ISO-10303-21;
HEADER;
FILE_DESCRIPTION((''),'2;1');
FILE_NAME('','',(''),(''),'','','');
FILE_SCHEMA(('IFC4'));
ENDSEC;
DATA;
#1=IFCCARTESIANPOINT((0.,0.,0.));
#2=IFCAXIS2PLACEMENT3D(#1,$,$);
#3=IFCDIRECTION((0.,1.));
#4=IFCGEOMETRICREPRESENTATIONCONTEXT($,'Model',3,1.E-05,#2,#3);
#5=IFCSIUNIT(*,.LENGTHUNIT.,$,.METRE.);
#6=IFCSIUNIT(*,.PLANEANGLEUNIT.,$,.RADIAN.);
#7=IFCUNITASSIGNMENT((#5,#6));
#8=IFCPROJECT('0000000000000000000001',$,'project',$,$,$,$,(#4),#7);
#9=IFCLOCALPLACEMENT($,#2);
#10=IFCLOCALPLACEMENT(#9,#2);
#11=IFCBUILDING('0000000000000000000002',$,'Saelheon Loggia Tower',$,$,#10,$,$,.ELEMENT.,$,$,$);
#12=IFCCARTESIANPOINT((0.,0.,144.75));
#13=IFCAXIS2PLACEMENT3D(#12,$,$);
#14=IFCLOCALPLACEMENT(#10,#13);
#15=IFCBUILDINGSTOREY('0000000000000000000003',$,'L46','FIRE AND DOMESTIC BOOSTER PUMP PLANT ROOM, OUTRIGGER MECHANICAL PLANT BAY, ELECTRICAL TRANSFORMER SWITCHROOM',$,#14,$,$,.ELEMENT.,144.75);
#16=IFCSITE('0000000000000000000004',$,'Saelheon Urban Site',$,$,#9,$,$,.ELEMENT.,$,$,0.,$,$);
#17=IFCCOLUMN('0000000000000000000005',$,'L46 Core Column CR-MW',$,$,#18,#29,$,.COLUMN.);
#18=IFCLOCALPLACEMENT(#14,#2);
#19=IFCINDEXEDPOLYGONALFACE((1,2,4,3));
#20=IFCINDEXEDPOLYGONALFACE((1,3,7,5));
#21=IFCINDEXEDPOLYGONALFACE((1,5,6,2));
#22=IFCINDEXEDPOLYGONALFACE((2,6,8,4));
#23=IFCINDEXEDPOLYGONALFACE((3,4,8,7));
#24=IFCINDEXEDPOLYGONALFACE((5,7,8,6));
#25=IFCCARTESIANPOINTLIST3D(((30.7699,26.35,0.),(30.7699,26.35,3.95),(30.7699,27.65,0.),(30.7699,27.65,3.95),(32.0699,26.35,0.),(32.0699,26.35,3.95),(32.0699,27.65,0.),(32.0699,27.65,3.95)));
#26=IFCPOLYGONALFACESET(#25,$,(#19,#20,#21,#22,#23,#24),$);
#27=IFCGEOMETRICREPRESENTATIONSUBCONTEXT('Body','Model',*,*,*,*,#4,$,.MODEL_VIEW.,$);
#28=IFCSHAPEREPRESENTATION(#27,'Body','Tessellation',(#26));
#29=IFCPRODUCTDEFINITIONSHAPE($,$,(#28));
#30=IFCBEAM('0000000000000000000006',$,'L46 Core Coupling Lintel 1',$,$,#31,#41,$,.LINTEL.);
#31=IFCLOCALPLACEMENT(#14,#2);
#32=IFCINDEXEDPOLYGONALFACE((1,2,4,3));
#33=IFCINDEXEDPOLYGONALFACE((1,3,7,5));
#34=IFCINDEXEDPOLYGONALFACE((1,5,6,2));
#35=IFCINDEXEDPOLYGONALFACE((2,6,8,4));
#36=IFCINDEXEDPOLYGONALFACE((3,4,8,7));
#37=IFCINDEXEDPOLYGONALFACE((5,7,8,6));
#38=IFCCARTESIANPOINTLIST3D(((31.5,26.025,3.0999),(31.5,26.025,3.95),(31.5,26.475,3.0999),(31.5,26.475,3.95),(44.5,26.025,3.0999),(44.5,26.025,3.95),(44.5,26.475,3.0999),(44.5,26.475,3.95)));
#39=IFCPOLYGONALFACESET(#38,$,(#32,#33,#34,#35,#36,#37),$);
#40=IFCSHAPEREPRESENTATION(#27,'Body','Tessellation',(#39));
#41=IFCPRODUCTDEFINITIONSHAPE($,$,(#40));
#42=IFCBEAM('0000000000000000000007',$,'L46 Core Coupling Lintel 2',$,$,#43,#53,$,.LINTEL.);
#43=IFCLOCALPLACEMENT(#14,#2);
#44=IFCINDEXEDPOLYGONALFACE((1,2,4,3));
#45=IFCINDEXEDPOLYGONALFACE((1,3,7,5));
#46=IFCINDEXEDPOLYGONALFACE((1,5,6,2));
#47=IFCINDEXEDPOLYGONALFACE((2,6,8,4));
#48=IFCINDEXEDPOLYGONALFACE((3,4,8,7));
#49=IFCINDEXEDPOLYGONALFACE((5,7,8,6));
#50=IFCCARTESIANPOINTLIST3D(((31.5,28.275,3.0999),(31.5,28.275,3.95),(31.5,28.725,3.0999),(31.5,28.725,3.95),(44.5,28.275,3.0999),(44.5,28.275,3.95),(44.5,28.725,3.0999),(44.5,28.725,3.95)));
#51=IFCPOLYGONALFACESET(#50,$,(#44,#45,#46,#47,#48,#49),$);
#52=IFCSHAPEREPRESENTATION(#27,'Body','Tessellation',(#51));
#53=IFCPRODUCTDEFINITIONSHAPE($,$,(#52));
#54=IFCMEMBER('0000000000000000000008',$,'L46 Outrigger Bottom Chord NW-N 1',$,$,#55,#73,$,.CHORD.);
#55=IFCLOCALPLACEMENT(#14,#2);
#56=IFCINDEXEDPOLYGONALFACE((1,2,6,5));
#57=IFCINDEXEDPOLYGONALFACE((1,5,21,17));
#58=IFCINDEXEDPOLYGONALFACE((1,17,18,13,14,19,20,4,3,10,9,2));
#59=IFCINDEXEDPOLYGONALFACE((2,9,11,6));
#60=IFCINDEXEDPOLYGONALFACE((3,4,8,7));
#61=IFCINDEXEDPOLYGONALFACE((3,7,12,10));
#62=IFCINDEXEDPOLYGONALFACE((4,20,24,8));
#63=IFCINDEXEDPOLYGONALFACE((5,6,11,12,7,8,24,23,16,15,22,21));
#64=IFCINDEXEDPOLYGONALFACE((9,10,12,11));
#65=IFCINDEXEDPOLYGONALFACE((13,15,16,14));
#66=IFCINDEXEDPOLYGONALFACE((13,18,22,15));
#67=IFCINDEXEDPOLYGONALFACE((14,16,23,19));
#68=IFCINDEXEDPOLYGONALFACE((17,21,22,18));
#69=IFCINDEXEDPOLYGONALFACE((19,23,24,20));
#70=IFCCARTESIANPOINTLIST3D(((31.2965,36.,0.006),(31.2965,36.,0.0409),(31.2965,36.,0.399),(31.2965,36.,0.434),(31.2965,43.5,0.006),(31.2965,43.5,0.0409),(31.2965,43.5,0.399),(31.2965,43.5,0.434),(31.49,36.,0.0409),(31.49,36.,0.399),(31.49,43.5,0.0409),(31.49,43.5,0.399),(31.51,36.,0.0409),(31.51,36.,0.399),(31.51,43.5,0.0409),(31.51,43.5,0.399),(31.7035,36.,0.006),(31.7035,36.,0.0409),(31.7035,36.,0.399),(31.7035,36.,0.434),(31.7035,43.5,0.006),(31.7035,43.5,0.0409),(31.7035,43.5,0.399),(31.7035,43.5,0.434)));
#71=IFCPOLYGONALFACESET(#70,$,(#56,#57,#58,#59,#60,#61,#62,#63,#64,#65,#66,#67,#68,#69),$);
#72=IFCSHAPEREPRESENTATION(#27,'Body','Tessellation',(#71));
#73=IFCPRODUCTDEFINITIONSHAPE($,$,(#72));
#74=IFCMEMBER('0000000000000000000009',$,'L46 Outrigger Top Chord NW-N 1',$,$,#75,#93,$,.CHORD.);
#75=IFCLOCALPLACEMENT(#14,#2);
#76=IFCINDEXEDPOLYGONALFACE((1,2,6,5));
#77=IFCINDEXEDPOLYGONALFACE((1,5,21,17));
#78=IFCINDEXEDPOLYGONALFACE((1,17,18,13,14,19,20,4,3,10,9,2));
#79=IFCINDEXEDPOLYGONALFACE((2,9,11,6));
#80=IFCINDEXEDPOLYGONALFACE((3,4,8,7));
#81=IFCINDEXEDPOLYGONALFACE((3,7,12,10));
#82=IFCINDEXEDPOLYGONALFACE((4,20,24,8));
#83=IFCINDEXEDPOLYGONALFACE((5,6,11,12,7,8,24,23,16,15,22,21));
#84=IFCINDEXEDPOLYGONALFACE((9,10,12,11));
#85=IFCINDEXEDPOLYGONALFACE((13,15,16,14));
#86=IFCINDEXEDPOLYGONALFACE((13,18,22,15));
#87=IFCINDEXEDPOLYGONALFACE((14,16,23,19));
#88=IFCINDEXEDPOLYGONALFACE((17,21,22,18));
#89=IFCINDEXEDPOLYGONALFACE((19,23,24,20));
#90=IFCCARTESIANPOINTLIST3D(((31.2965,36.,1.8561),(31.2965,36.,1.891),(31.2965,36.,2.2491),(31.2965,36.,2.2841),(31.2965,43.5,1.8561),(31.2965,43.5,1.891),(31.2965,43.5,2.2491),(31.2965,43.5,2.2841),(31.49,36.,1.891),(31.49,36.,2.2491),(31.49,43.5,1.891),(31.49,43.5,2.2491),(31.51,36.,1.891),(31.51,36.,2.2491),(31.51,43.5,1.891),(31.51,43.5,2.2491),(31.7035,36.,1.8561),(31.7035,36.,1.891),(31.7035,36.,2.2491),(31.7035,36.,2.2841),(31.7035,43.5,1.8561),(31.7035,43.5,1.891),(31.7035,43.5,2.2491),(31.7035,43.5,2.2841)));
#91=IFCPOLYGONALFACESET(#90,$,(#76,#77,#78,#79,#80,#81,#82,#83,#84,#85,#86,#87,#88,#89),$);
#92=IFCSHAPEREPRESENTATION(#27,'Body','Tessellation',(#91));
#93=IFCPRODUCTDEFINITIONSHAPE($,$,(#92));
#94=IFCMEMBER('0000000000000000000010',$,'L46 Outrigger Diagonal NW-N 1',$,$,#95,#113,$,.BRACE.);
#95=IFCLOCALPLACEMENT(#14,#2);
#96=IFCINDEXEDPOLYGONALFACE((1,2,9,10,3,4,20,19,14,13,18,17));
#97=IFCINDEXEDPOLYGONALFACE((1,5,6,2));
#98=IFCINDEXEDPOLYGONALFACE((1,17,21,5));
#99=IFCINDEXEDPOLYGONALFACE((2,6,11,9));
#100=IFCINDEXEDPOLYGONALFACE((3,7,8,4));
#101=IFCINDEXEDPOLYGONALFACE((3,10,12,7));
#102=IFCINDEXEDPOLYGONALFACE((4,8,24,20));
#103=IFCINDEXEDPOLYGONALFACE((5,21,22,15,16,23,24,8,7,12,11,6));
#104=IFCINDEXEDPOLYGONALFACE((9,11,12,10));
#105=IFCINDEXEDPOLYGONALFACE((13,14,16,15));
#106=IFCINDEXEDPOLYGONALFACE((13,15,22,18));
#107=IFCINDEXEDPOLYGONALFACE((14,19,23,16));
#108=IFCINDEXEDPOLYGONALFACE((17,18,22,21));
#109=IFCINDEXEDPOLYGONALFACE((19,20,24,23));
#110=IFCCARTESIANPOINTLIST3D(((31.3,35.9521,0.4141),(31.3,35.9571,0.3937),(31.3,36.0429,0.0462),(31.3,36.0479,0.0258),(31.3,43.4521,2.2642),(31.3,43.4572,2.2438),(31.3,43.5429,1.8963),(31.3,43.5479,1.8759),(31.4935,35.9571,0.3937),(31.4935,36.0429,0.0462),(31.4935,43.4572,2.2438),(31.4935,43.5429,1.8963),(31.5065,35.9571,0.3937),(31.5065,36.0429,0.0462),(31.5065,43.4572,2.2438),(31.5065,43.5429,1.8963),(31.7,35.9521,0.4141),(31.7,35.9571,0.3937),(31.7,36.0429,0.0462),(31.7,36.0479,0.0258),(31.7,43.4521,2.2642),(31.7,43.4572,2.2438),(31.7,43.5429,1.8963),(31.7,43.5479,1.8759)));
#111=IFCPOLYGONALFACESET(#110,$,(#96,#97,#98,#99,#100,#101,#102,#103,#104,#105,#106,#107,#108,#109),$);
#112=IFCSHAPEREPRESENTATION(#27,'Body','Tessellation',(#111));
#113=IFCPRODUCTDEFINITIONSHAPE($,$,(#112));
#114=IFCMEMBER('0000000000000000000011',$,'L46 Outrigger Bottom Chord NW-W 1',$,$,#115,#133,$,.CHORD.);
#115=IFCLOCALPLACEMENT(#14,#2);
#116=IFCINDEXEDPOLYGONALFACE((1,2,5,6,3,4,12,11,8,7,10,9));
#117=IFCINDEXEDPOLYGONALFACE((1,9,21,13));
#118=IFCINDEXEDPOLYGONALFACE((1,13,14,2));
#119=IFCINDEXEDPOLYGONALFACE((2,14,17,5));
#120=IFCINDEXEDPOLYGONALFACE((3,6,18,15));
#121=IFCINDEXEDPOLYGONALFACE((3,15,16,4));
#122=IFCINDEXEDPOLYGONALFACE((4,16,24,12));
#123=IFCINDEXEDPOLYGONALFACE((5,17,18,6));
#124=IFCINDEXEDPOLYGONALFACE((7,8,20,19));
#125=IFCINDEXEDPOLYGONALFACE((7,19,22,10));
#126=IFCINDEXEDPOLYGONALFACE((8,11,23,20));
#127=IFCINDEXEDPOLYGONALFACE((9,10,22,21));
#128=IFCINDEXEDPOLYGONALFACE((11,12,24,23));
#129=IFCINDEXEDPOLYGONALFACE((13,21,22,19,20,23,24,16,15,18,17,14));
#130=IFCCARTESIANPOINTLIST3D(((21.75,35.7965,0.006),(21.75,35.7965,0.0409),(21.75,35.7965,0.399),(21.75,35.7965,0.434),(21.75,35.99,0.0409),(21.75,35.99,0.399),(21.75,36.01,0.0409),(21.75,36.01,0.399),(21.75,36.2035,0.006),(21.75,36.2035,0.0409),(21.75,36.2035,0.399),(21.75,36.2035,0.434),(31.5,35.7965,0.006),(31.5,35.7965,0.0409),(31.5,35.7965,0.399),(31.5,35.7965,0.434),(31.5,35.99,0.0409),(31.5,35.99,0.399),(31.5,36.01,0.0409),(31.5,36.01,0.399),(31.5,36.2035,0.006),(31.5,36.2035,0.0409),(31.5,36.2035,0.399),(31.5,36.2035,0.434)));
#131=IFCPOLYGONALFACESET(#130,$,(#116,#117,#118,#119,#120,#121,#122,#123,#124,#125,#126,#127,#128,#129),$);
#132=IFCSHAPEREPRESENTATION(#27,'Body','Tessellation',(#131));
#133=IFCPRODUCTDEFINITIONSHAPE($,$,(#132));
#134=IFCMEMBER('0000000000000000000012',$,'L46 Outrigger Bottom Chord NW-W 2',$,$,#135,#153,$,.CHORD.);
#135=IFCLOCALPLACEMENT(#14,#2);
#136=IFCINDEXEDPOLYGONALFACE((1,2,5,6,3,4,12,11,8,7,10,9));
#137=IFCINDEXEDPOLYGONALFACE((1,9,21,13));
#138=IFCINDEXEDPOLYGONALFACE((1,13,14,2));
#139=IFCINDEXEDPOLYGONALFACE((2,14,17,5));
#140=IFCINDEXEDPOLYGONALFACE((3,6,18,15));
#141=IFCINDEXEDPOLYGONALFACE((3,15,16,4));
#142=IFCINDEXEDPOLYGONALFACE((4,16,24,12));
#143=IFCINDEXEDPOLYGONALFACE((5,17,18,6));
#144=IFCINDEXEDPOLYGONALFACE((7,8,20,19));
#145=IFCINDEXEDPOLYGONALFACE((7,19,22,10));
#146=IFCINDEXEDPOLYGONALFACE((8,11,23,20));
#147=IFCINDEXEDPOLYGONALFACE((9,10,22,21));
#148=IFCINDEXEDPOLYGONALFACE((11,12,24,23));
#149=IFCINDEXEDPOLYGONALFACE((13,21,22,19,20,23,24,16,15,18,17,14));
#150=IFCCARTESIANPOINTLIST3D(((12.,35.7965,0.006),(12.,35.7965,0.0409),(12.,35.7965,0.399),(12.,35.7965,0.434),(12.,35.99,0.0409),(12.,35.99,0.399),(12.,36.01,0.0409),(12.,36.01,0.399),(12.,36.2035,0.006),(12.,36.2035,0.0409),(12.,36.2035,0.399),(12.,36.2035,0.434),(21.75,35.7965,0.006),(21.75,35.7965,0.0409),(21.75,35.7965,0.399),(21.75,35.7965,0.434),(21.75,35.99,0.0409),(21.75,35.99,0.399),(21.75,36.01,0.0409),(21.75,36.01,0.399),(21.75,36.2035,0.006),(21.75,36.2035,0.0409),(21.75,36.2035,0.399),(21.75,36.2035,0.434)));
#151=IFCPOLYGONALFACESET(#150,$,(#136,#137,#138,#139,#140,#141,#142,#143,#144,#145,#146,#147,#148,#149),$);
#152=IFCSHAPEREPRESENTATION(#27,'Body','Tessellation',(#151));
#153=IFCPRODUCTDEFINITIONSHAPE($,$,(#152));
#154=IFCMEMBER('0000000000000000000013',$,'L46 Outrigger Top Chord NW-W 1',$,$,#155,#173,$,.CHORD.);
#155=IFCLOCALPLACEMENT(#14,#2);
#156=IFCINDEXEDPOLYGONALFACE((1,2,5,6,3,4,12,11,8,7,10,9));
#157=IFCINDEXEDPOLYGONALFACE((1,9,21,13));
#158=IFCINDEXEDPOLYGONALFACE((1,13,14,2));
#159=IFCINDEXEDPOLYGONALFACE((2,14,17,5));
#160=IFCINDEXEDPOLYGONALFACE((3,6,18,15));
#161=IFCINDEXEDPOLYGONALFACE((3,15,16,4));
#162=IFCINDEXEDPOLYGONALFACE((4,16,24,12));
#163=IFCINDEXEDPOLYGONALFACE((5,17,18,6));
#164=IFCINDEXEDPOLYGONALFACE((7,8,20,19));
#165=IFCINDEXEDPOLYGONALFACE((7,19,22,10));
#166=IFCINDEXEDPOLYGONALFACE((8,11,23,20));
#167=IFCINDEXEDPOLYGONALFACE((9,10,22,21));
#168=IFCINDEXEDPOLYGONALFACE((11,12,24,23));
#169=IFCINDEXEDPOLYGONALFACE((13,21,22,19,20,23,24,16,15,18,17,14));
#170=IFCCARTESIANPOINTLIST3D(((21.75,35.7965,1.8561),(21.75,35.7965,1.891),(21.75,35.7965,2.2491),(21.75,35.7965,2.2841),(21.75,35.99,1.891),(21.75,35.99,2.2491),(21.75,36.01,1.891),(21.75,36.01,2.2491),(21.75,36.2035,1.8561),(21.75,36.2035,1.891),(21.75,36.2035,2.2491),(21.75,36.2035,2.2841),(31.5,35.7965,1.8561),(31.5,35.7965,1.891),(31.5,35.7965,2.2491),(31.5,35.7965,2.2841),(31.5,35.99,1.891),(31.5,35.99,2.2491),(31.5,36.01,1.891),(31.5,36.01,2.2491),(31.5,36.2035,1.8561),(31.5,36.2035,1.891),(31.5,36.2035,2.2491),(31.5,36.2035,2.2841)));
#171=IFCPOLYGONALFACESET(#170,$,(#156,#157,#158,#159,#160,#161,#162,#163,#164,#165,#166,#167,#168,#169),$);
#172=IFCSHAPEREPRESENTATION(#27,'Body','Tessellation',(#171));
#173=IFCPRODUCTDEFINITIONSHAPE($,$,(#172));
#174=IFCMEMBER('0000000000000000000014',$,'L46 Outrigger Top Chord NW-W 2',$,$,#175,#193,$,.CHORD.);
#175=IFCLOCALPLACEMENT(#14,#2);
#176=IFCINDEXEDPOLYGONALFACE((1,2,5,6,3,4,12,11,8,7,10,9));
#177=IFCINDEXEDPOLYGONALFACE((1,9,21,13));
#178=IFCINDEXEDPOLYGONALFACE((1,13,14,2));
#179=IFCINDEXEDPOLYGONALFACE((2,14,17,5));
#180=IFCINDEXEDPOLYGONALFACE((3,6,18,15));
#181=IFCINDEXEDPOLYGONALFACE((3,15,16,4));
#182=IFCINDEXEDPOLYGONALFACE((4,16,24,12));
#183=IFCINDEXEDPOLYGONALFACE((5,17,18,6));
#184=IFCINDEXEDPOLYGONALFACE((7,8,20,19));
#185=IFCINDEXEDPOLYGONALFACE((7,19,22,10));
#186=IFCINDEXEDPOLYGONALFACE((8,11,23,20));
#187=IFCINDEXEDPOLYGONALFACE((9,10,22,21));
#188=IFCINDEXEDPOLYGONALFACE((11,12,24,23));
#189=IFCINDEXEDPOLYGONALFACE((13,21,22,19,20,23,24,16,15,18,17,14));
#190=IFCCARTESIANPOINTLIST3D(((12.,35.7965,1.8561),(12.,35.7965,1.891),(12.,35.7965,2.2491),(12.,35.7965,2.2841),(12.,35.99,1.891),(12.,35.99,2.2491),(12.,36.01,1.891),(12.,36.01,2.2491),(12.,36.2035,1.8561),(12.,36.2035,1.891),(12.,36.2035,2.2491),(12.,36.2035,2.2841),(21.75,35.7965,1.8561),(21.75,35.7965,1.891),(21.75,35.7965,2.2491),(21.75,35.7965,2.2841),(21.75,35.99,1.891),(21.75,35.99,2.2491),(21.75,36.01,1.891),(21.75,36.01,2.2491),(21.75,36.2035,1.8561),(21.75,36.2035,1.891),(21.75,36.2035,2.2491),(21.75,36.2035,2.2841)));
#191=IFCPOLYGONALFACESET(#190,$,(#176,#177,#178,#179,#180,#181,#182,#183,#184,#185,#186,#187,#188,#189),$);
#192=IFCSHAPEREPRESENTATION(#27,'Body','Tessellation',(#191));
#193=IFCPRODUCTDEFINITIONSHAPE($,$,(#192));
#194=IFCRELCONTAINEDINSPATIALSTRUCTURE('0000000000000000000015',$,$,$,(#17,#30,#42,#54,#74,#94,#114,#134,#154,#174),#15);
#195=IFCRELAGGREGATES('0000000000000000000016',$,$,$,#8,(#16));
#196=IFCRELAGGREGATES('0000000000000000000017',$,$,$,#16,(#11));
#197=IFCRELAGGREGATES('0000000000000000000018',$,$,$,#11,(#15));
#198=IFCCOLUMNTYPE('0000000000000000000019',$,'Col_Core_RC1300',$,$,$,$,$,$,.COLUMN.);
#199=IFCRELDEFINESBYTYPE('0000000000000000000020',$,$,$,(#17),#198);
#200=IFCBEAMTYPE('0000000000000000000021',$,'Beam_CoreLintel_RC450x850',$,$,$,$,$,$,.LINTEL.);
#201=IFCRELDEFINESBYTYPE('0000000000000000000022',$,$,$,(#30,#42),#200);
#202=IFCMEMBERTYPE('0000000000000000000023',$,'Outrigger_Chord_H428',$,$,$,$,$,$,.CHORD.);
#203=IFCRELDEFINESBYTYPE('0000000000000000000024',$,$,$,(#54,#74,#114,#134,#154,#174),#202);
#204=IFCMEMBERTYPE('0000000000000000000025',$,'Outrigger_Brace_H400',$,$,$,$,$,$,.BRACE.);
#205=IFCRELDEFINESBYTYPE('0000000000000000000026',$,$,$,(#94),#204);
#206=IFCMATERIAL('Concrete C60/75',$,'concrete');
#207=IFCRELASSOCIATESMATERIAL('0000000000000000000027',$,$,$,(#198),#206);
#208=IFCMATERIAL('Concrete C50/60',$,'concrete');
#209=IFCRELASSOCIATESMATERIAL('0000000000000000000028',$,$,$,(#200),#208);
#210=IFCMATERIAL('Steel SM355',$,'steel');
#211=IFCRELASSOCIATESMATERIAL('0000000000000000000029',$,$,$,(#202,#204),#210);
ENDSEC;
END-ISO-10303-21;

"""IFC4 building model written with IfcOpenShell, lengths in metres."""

from ifc_helpers import new_model, si_unit, direction, frame, origin, origin_2d, place, context, subcontext, project, spatial, rectangle, i_section, extrude, source, transform, mapped, material, material_profile, profile_set, type_object, element, save


model = new_model("IFC4")

# Units and contexts
model_context = context("Model", 3, precision=1e-05, world=origin(), true_north=direction((0.0, 1.0)))
body_context = subcontext(model_context, "Body", "Model", "MODEL_VIEW")
ifc_project = project(units=[si_unit("LENGTHUNIT", "METRE"), si_unit("PLANEANGLEUNIT", "RADIAN")], contexts=[model_context])

# Site, building, storey
site_placement = place(None, origin())
site = spatial("IfcSite", under=ifc_project, at=site_placement, Name="Saelheon Urban Site", CompositionType="ELEMENT", RefElevation=0.0)
building_placement = place(site_placement, origin())
building = spatial("IfcBuilding", under=site, at=building_placement, Name="Saelheon Loggia Tower", CompositionType="ELEMENT")
storey_placement = place(building_placement, frame((0.0, 0.0, 144.75)))
storey = spatial("IfcBuildingStorey", under=building, at=storey_placement, Name="L46", Description="FIRE AND DOMESTIC BOOSTER PUMP PLANT ROOM, OUTRIGGER MECHANICAL PLANT BAY, ELECTRICAL TRANSFORMER SWITCHROOM", CompositionType="ELEMENT", Elevation=144.75)

# Column
ifc_material_1 = material(Name="Concrete C60/75", Category="concrete")
ifc_material_profile_1 = material_profile(ifc_material_1, rectangle(XDim=1.3, YDim=1.3, at=origin_2d()), Name="RC-1300x1300")
ifc_profile_set_1 = profile_set([ifc_material_profile_1], Name="Concrete C60/75")
column_type = type_object("IfcColumnType", Name="Col_Core_RC1300", PredefinedType="COLUMN", material=ifc_profile_set_1)
shared_shape_1 = source(origin(), body_context, "Body", "SweptSolid", [
    extrude(rectangle(XDim=1.3, YDim=1.3, at=origin_2d()), origin(), (0.0, 0.0, 1.0), 3.95),
])
column_placement = place(storey_placement, frame((31.4199, 27.0, 0.0), z_axis=(0.0, 0.0, 1.0), x_axis=(1.0, 0.0, 0.0)))
element("IfcColumn", 1, at=column_placement, inside=storey, type_object=column_type, Name="L46 Core Column CR-MW", PredefinedType="COLUMN", context=body_context, shape_type="MappedRepresentation", body=[
    mapped(shared_shape_1, transform((0.0, 0.0, 0.0), scale=1.0)),
])

# Beams
ifc_material_2 = material(Name="Concrete C50/60", Category="concrete")
ifc_material_profile_2 = material_profile(ifc_material_2, rectangle(XDim=0.45, YDim=0.8501, at=origin_2d()), Name="RC-450x850")
ifc_profile_set_2 = profile_set([ifc_material_profile_2], Name="Concrete C50/60")
beam_type_1 = type_object("IfcBeamType", Name="Beam_CoreLintel_RC450x850", PredefinedType="LINTEL", material=ifc_profile_set_2)
shared_shape_2 = source(origin(), body_context, "Body", "SweptSolid", [
    extrude(rectangle(XDim=0.45, YDim=0.8501, at=origin_2d()), origin(), (0.0, 0.0, 1.0), 13.0),
])
for number, where, z_axis, x_axis, name in (
    (2, (31.5, 26.25, 3.5249), (1.0, 0.0, 0.0), (0.0, 1.0, 0.0), "L46 Core Coupling Lintel 1"),
    (3, (31.5, 28.5, 3.5249), (1.0, 0.0, 0.0), (0.0, 1.0, 0.0), "L46 Core Coupling Lintel 2"),
):
    element("IfcBeam", number, at=place(storey_placement, frame(where, z_axis=z_axis, x_axis=x_axis)), inside=storey, type_object=beam_type_1, Name=name, PredefinedType="LINTEL", context=body_context, shape_type="MappedRepresentation", body=[
        mapped(shared_shape_2, transform((0.0, 0.0, 0.0), scale=1.0)),
    ])

# Members
ifc_material_3 = material(Name="Steel SM355", Category="steel")
ifc_material_profile_3 = material_profile(ifc_material_3, i_section(OverallWidth=0.407, OverallDepth=0.428, WebThickness=0.02, FlangeThickness=0.0349, at=origin_2d()), Name="H-428x407x20x35")
ifc_profile_set_3 = profile_set([ifc_material_profile_3], Name="Steel SM355")
member_type_1 = type_object("IfcMemberType", Name="Outrigger_Chord_H428", PredefinedType="CHORD", material=ifc_profile_set_3)
shared_shape_3 = source(origin(), body_context, "Body", "SweptSolid", [
    extrude(i_section(OverallWidth=0.407, OverallDepth=0.428, WebThickness=0.02, FlangeThickness=0.0349, at=origin_2d()), origin(), (0.0, 0.0, 1.0), 7.5),
])
for number, where, z_axis, x_axis, name in (
    (4, (31.5, 36.0, 0.22), (0.0, 1.0, 0.0), (-1.0, 0.0, 0.0), "L46 Outrigger Bottom Chord NW-N 1"),
    (5, (31.5, 36.0, 2.0701), (0.0, 1.0, 0.0), (-1.0, 0.0, 0.0), "L46 Outrigger Top Chord NW-N 1"),
):
    element("IfcMember", number, at=place(storey_placement, frame(where, z_axis=z_axis, x_axis=x_axis)), inside=storey, type_object=member_type_1, Name=name, PredefinedType="CHORD", context=body_context, shape_type="MappedRepresentation", body=[
        mapped(shared_shape_3, transform((0.0, 0.0, 0.0), scale=1.0)),
    ])
ifc_material_profile_4 = material_profile(ifc_material_3, i_section(OverallWidth=0.3999, OverallDepth=0.3999, WebThickness=0.0129, FlangeThickness=0.021, at=origin_2d()), Name="H-400x400x13x21")
ifc_profile_set_4 = profile_set([ifc_material_profile_4], Name="Steel SM355")
member_type_2 = type_object("IfcMemberType", Name="Outrigger_Brace_H400", PredefinedType="BRACE", material=ifc_profile_set_4)
shared_shape_4 = source(origin(), body_context, "Body", "SweptSolid", [
    extrude(i_section(OverallWidth=0.3999, OverallDepth=0.3999, WebThickness=0.0129, FlangeThickness=0.021, at=origin_2d()), origin(), (0.0, 0.0, 1.0), 7.7249),
])
member_1_placement = place(storey_placement, frame((31.5, 36.0, 0.22), z_axis=(0.0, 0.970896, 0.2395), x_axis=(-1.0, 0.0, 0.0)))
element("IfcMember", 6, at=member_1_placement, inside=storey, type_object=member_type_2, Name="L46 Outrigger Diagonal NW-N 1", PredefinedType="BRACE", context=body_context, shape_type="MappedRepresentation", body=[
    mapped(shared_shape_4, transform((0.0, 0.0, 0.0), scale=1.0)),
])
shared_shape_5 = source(origin(), body_context, "Body", "SweptSolid", [
    extrude(i_section(OverallWidth=0.407, OverallDepth=0.428, WebThickness=0.02, FlangeThickness=0.0349, at=origin_2d()), origin(), (0.0, 0.0, 1.0), 9.75),
])
for number, where, z_axis, x_axis, name in (
    (7, (31.5, 36.0, 0.22), (-1.0, 0.0, 0.0), (0.0, -1.0, 0.0), "L46 Outrigger Bottom Chord NW-W 1"),
    (8, (21.75, 36.0, 0.22), (-1.0, 0.0, 0.0), (0.0, -1.0, 0.0), "L46 Outrigger Bottom Chord NW-W 2"),
    (9, (31.5, 36.0, 2.0701), (-1.0, 0.0, 0.0), (0.0, -1.0, 0.0), "L46 Outrigger Top Chord NW-W 1"),
    (10, (21.75, 36.0, 2.0701), (-1.0, 0.0, 0.0), (0.0, -1.0, 0.0), "L46 Outrigger Top Chord NW-W 2"),
):
    element("IfcMember", number, at=place(storey_placement, frame(where, z_axis=z_axis, x_axis=x_axis)), inside=storey, type_object=member_type_1, Name=name, PredefinedType="CHORD", context=body_context, shape_type="MappedRepresentation", body=[
        mapped(shared_shape_5, transform((0.0, 0.0, 0.0), scale=1.0)),
    ])

save(model, "model.ifc")
